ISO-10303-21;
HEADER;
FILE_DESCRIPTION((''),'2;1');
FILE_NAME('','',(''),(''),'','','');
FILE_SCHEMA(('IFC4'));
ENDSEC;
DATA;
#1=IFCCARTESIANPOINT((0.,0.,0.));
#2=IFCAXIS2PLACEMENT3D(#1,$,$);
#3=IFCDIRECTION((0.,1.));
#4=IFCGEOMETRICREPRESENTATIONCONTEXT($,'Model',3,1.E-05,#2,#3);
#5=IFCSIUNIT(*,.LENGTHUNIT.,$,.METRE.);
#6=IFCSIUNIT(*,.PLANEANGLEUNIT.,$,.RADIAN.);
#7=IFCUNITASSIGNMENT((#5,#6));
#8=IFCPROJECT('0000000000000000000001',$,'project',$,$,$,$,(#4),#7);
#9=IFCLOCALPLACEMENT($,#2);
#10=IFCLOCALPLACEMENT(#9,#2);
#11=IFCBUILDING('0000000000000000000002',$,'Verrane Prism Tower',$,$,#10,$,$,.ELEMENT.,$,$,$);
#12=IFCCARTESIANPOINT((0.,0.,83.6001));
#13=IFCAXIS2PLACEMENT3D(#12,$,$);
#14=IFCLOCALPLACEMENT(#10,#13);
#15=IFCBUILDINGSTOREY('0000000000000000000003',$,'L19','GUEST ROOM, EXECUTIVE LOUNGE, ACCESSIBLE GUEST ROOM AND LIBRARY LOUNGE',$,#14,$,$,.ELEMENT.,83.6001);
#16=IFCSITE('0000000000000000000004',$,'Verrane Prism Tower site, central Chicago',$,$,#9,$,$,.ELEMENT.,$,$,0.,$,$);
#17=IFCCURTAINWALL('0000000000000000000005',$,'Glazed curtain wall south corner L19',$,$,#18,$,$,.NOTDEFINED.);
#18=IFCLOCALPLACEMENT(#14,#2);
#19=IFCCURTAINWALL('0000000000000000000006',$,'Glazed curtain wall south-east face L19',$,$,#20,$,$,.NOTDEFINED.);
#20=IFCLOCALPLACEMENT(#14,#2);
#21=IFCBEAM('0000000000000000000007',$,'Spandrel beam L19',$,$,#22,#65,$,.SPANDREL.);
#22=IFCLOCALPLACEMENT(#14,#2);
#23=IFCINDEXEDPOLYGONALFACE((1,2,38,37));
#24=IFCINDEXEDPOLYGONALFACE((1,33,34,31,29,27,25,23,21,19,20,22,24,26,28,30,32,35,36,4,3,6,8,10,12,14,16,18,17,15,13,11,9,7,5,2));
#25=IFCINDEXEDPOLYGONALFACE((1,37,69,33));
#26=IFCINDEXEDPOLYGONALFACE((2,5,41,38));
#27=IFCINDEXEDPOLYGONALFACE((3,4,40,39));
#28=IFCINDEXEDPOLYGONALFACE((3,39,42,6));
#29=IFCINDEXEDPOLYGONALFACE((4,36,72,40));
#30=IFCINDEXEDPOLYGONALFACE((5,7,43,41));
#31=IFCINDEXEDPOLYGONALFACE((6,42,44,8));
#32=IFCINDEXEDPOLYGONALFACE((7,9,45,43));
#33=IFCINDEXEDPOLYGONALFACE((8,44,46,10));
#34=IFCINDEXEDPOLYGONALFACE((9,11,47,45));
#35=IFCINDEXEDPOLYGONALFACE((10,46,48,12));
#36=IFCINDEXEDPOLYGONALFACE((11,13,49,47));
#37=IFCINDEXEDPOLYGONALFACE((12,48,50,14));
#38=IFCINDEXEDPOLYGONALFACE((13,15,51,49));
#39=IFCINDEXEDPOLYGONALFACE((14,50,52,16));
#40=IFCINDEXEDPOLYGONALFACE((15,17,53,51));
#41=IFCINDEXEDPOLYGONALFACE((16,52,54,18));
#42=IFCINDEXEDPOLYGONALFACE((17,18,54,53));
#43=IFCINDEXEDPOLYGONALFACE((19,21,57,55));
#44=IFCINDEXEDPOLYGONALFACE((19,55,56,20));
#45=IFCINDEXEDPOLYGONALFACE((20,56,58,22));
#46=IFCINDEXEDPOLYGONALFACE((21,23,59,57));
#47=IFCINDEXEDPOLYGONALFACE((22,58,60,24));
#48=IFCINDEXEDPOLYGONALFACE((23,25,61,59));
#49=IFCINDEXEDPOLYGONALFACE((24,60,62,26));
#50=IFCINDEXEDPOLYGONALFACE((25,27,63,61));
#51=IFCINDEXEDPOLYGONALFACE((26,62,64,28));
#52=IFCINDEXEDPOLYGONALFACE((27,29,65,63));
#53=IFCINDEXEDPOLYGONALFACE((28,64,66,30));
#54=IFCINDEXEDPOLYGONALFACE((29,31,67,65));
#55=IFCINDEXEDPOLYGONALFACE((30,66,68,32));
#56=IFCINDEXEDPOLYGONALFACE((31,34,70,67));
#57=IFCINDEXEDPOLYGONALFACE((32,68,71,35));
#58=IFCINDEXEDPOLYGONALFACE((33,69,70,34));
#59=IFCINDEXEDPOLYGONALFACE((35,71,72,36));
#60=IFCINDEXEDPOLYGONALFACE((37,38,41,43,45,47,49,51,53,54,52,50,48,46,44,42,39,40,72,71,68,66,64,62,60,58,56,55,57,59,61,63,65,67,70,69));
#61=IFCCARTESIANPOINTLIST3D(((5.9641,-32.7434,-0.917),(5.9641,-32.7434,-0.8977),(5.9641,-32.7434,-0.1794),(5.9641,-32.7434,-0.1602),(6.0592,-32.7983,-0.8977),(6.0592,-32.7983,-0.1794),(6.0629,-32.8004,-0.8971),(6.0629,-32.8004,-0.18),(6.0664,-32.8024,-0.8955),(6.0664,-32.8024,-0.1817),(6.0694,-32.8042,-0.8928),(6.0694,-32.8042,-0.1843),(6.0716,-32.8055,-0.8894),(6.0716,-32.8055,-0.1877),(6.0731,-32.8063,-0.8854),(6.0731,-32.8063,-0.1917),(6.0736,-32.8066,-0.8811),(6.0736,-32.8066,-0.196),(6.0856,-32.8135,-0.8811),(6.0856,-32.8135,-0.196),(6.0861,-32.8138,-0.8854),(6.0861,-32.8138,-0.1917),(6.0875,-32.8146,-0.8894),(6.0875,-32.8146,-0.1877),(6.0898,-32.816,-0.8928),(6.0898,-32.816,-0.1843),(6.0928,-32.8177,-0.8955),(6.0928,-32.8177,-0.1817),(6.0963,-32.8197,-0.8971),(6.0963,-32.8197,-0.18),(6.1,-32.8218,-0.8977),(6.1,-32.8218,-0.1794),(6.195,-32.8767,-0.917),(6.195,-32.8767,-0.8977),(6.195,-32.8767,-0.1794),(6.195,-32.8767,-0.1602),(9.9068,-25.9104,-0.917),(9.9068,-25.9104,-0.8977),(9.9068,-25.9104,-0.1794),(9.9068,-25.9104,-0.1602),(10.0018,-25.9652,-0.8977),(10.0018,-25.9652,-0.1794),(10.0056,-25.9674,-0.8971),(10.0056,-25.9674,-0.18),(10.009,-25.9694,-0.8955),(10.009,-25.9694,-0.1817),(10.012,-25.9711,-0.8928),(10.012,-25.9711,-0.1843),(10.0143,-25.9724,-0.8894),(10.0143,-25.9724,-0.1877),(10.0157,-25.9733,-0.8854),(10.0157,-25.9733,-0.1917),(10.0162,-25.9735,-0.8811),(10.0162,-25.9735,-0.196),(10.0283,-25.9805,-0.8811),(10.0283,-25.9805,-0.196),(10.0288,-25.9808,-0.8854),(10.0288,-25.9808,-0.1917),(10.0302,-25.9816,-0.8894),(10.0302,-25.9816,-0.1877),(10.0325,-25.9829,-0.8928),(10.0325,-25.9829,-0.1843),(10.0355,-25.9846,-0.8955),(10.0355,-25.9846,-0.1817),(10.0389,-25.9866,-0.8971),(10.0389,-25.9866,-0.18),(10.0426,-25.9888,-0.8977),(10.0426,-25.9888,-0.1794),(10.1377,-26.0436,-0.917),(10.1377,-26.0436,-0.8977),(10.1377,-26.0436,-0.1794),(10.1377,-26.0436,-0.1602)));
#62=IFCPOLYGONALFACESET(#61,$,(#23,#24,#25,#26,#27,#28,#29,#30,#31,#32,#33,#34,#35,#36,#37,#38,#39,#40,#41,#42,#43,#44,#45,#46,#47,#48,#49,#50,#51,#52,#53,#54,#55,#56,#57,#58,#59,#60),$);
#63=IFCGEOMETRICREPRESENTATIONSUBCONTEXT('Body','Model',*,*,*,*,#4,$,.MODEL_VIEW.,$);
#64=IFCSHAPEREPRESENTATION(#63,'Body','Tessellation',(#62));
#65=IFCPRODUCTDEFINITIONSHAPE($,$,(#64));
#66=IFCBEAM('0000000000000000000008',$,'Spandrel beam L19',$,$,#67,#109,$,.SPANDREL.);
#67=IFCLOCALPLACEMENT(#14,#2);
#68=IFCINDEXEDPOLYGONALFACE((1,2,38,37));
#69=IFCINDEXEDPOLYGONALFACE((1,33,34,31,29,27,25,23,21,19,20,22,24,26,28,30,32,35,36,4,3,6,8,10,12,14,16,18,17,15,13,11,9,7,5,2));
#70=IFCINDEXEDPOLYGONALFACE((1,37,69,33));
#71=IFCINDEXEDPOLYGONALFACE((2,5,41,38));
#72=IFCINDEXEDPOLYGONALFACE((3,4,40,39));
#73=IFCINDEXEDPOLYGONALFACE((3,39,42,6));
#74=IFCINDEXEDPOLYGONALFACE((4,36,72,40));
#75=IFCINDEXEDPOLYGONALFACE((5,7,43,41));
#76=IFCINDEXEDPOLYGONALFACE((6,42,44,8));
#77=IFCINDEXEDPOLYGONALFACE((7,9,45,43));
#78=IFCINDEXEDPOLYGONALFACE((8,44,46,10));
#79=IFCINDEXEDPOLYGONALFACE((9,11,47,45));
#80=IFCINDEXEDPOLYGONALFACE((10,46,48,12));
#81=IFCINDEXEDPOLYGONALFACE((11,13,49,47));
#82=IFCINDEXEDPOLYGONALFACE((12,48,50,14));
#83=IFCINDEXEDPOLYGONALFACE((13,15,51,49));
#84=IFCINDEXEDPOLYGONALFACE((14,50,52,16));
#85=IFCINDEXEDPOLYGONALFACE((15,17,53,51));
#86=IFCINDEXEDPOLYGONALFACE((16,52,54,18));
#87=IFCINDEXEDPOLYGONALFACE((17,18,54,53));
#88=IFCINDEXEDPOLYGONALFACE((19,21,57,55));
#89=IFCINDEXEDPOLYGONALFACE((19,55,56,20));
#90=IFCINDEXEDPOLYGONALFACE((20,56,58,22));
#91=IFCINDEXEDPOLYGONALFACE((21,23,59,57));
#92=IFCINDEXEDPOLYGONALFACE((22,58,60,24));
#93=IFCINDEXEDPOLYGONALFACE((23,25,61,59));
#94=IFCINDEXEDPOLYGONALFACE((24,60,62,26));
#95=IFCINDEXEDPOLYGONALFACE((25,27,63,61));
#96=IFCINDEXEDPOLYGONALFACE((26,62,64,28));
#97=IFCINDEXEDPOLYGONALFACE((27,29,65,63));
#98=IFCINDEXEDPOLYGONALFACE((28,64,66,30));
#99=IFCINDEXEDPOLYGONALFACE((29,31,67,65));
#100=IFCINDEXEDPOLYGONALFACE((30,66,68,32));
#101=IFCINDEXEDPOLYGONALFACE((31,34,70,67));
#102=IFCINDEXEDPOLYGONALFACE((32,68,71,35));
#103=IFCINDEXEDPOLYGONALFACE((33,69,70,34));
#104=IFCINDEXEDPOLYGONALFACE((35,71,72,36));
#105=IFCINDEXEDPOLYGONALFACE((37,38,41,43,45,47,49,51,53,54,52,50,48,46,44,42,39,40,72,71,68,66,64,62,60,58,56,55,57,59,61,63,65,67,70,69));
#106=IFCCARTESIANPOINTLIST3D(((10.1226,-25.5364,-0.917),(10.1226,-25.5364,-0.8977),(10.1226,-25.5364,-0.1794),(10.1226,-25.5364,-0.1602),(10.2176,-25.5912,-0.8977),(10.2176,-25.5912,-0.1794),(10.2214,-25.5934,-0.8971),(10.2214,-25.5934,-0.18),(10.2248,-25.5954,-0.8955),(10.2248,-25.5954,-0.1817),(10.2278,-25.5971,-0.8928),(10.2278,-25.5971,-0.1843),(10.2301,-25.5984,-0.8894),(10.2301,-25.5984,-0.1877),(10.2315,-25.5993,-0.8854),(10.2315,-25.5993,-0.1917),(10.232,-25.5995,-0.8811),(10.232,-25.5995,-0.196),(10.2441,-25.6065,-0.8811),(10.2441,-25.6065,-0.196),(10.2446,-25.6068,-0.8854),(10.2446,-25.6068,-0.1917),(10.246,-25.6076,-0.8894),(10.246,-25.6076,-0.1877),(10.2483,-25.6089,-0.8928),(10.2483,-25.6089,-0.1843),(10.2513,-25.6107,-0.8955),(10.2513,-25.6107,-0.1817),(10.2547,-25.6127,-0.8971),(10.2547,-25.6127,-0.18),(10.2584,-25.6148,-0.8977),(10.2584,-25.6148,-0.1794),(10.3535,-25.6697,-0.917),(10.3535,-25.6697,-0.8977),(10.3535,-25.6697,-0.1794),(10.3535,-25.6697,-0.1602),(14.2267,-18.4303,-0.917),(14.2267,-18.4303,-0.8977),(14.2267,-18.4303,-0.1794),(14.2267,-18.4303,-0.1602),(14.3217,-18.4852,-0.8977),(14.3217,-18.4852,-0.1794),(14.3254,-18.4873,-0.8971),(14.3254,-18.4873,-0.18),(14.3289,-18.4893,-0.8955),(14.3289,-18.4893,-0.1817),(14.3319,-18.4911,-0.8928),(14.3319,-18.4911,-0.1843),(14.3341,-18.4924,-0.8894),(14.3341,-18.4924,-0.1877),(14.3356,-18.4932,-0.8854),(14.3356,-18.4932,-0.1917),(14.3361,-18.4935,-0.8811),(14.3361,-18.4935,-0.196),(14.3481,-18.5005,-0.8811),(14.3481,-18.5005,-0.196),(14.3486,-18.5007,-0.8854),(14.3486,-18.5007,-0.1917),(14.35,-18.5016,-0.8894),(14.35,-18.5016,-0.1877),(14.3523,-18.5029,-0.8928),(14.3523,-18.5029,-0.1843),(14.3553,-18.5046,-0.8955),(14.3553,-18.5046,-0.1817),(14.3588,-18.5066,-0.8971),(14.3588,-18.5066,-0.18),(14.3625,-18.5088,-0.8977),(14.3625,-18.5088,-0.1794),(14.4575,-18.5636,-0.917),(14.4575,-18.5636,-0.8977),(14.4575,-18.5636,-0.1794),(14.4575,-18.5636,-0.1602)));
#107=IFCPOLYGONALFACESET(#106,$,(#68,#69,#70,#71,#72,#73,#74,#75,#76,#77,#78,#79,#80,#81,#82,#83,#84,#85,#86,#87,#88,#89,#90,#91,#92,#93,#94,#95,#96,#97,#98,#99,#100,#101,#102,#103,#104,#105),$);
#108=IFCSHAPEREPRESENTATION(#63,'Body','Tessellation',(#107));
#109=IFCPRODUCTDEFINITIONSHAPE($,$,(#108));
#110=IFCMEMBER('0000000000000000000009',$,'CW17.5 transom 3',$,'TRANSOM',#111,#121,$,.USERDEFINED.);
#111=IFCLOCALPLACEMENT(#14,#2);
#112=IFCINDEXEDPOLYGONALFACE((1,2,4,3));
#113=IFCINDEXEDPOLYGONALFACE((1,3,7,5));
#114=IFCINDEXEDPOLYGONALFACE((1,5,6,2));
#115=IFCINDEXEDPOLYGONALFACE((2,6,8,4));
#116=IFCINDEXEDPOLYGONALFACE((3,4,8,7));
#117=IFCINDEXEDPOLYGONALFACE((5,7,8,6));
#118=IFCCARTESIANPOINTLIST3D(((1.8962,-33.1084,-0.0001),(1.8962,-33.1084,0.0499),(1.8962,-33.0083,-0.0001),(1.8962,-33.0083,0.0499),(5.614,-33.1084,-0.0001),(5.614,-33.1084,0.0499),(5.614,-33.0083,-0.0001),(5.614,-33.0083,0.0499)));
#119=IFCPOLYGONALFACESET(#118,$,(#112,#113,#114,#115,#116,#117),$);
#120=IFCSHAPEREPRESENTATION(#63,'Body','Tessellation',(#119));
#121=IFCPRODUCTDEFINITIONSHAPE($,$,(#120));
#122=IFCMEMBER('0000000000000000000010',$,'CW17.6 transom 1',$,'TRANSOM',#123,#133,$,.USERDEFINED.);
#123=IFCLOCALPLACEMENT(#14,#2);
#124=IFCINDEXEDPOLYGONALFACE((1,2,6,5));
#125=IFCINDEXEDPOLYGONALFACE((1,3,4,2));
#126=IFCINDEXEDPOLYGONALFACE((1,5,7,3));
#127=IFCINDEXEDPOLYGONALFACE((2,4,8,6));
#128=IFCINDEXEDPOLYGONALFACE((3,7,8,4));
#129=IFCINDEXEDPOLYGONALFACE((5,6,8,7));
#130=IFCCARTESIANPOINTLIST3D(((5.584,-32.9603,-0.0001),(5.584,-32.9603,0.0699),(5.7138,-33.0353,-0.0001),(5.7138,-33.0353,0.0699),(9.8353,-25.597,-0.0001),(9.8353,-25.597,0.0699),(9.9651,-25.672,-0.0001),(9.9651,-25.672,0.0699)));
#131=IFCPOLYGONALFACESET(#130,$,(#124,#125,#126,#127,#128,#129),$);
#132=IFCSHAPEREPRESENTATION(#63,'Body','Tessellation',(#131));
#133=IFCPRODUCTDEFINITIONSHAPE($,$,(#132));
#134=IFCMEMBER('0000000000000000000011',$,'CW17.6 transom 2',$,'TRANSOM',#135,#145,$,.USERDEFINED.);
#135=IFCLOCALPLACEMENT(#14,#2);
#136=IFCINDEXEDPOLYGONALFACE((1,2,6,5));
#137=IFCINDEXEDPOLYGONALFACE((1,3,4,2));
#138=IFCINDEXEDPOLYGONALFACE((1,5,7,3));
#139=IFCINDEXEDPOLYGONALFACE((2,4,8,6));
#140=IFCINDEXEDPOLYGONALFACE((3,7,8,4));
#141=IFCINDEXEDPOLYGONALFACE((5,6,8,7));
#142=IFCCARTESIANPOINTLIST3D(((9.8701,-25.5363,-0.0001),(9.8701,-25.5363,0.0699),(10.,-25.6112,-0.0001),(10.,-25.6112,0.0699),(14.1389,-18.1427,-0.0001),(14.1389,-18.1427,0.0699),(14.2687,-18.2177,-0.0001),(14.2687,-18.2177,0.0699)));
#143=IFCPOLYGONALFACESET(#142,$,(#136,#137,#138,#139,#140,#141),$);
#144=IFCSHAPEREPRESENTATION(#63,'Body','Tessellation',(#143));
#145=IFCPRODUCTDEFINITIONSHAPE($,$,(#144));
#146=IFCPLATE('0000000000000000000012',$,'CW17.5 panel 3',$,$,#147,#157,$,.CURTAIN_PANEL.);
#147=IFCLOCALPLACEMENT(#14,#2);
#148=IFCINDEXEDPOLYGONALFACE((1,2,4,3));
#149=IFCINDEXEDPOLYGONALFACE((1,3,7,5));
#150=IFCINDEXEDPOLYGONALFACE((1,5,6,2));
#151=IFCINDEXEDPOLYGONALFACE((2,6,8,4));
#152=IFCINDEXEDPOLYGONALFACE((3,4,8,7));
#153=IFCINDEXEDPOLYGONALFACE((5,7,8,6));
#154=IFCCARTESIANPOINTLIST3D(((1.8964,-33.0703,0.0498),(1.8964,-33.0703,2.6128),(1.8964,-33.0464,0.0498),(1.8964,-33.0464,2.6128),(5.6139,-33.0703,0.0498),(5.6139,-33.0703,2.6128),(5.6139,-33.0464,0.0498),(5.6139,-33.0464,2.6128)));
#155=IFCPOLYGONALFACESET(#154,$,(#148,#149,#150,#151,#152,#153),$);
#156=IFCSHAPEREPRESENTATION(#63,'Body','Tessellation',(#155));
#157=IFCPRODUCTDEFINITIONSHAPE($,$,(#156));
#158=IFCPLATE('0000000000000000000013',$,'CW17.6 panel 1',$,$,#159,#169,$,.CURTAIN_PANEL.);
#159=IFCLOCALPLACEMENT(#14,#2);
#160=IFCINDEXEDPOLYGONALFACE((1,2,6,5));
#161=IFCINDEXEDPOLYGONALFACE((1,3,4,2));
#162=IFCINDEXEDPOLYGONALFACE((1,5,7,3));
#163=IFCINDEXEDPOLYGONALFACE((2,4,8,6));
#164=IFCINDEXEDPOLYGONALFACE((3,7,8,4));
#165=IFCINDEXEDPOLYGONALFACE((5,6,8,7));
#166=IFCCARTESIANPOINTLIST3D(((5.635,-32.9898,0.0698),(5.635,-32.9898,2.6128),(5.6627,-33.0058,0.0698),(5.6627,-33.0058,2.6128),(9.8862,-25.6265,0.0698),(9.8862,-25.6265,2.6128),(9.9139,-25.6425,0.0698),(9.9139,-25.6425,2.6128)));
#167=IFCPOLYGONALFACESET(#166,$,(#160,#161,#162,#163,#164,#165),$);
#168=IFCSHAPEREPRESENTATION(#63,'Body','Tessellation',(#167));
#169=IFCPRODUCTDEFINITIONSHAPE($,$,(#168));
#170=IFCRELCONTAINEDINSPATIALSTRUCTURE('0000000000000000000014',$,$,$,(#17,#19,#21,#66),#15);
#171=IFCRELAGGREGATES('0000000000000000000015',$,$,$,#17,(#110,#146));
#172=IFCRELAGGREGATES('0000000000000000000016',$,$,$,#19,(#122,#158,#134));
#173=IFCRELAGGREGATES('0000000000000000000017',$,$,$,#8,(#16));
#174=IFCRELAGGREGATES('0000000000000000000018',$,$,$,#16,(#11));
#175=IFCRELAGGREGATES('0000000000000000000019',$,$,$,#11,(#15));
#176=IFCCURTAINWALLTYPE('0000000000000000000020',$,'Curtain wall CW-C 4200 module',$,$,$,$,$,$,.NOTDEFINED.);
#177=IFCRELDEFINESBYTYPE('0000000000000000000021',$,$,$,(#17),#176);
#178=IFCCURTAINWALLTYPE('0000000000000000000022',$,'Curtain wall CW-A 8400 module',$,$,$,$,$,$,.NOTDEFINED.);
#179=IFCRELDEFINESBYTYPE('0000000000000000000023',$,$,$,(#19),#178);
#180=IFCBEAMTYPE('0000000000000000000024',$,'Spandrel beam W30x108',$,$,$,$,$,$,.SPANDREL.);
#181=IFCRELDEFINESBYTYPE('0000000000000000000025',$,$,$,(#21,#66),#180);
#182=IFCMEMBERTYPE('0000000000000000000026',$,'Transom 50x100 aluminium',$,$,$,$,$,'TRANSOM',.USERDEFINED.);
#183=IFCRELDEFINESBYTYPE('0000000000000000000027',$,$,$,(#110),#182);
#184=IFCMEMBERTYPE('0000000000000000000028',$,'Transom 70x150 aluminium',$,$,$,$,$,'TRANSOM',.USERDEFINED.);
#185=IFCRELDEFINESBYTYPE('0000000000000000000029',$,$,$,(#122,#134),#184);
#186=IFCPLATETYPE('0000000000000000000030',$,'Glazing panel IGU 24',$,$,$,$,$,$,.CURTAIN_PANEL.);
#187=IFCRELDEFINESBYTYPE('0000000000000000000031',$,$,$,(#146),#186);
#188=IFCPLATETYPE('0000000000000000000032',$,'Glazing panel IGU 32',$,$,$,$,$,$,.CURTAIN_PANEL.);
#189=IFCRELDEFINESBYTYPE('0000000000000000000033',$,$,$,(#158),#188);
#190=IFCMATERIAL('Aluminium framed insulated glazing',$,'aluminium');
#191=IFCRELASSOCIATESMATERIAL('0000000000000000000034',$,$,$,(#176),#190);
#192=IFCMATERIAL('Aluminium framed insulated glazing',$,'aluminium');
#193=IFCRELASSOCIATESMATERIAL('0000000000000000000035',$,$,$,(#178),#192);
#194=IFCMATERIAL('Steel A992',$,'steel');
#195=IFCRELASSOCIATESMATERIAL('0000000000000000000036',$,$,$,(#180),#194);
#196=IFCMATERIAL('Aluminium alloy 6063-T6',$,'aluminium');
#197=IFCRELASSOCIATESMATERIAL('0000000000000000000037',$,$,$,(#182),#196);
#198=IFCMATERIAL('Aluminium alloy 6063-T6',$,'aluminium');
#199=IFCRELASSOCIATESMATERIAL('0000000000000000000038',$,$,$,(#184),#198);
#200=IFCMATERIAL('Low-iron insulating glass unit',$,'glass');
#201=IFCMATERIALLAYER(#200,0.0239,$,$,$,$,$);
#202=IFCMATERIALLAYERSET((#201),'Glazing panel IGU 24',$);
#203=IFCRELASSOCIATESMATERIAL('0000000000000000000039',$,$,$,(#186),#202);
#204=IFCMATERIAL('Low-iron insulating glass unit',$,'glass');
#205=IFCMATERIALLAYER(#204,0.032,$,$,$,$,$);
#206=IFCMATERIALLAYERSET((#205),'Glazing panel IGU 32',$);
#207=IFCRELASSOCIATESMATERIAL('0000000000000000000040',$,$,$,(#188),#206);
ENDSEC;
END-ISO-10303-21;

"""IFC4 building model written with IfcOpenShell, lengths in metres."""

from ifc_helpers import new_model, si_unit, direction, frame, origin, origin_2d, place, context, subcontext, project, spatial, rectangle, i_section, extrude, material, layer, layer_set, material_profile, profile_set, type_object, element, aggregate, save


model = new_model("IFC4")

# Units and contexts
model_context = context("Model", 3, precision=1e-05, world=origin(), true_north=direction((0.0, 1.0)))
body_context = subcontext(model_context, "Body", "Model", "MODEL_VIEW")
ifc_project = project(units=[si_unit("LENGTHUNIT", "METRE"), si_unit("PLANEANGLEUNIT", "RADIAN")], contexts=[model_context])

# Site, building, storey
site_placement = place(None, origin())
site = spatial("IfcSite", under=ifc_project, at=site_placement, Name="Verrane Prism Tower site, central Chicago", CompositionType="ELEMENT", RefElevation=0.0)
building_placement = place(site_placement, origin())
building = spatial("IfcBuilding", under=site, at=building_placement, Name="Verrane Prism Tower", CompositionType="ELEMENT")
storey_placement = place(building_placement, frame((0.0, 0.0, 83.6001)))
storey = spatial("IfcBuildingStorey", under=building, at=storey_placement, Name="L19", Description="GUEST ROOM, EXECUTIVE LOUNGE, ACCESSIBLE GUEST ROOM AND LIBRARY LOUNGE", CompositionType="ELEMENT", Elevation=83.6001)

# Curtain wall
ifc_material_1 = material(Name="Aluminium framed insulated glazing", Category="aluminium")
curtain_wall_type_1 = type_object("IfcCurtainWallType", Name="Curtain wall CW-C 4200 module", PredefinedType="NOTDEFINED", material=ifc_material_1)
curtain_wall_1_placement = place(storey_placement, origin())
curtain_wall_1 = element("IfcCurtainWall", 1, at=curtain_wall_1_placement, inside=storey, type_object=curtain_wall_type_1, Name="Glazed curtain wall south corner L19", PredefinedType="NOTDEFINED")

# Curtain wall
ifc_material_2 = material(Name="Aluminium framed insulated glazing", Category="aluminium")
curtain_wall_type_2 = type_object("IfcCurtainWallType", Name="Curtain wall CW-A 8400 module", PredefinedType="NOTDEFINED", material=ifc_material_2)
curtain_wall_2_placement = place(storey_placement, origin())
curtain_wall_2 = element("IfcCurtainWall", 2, at=curtain_wall_2_placement, inside=storey, type_object=curtain_wall_type_2, Name="Glazed curtain wall south-east face L19", PredefinedType="NOTDEFINED")

# Beams
ifc_material_3 = material(Name="Steel A992", Category="steel")
ifc_material_profile_1 = material_profile(ifc_material_3, i_section(OverallWidth=0.2666, OverallDepth=0.7568, WebThickness=0.0139, FlangeThickness=0.0193, FilletRadius=0.0166, at=origin_2d()), Name="W30x108")
ifc_profile_set_1 = profile_set([ifc_material_profile_1], Name="Steel A992")
beam_type_1 = type_object("IfcBeamType", Name="Spandrel beam W30x108", PredefinedType="SPANDREL", material=ifc_profile_set_1)
beam_1_placement = place(storey_placement, frame((6.0796, -32.8101, -0.5386), z_axis=(0.499771, 0.866158, 0.0), x_axis=(-0.866158, 0.499771, 0.0)))
element("IfcBeam", 3, at=beam_1_placement, inside=storey, type_object=beam_type_1, Name="Spandrel beam L19", PredefinedType="SPANDREL", context=body_context, shape_type="SweptSolid", body=[
    extrude(i_section(OverallWidth=0.2666, OverallDepth=0.7568, WebThickness=0.0139, FlangeThickness=0.0193, FilletRadius=0.0166, at=origin_2d()), origin(), (0.0, 0.0, 1.0), 7.8889),
])
beam_2_placement = place(storey_placement, frame((10.238, -25.603, -0.5386), z_axis=(0.500126, 0.865953, 0.0), x_axis=(-0.865953, 0.500126, 0.0)))
element("IfcBeam", 4, at=beam_2_placement, inside=storey, type_object=beam_type_1, Name="Spandrel beam L19", PredefinedType="SPANDREL", context=body_context, shape_type="SweptSolid", body=[
    extrude(i_section(OverallWidth=0.2666, OverallDepth=0.7568, WebThickness=0.0139, FlangeThickness=0.0193, FilletRadius=0.0166, at=origin_2d()), origin(), (0.0, 0.0, 1.0), 8.2061),
])

# Members
ifc_material_4 = material(Name="Aluminium alloy 6063-T6", Category="aluminium")
ifc_material_profile_2 = material_profile(ifc_material_4, rectangle(XDim=0.1001, YDim=0.05, at=origin_2d()), Name="Transom 50x100 aluminium")
ifc_profile_set_2 = profile_set([ifc_material_profile_2], Name="Aluminium alloy 6063-T6")
member_type_1 = type_object("IfcMemberType", Name="Transom 50x100 aluminium", ElementType="TRANSOM", PredefinedType="USERDEFINED", material=ifc_profile_set_2)
member_1_placement = place(storey_placement, frame((1.8962, -33.0583, 0.0249), z_axis=(1.0, 0.0, 0.0), x_axis=(0.0, 1.0, 0.0)))
member_1 = element("IfcMember", 5, at=member_1_placement, type_object=member_type_1, Name="CW17.5 transom 3", ObjectType="TRANSOM", PredefinedType="USERDEFINED", context=body_context, shape_type="SweptSolid", body=[
    extrude(rectangle(XDim=0.1001, YDim=0.05, at=origin_2d()), origin(), (0.0, 0.0, 1.0), 3.7178),
])
ifc_material_5 = material(Name="Aluminium alloy 6063-T6", Category="aluminium")
ifc_material_profile_3 = material_profile(ifc_material_5, rectangle(XDim=0.1499, YDim=0.0701, at=origin_2d()), Name="Transom 70x150 aluminium")
ifc_profile_set_3 = profile_set([ifc_material_profile_3], Name="Aluminium alloy 6063-T6")
member_type_2 = type_object("IfcMemberType", Name="Transom 70x150 aluminium", ElementType="TRANSOM", PredefinedType="USERDEFINED", material=ifc_profile_set_3)
member_2_placement = place(storey_placement, frame((5.6489, -32.9978, 0.0349), z_axis=(0.500002, 0.866024, 0.0), x_axis=(-0.866024, 0.500002, 0.0)))
member_2 = element("IfcMember", 6, at=member_2_placement, type_object=member_type_2, Name="CW17.6 transom 1", ObjectType="TRANSOM", PredefinedType="USERDEFINED", context=body_context, shape_type="SweptSolid", body=[
    extrude(rectangle(XDim=0.1499, YDim=0.0701, at=origin_2d()), origin(), (0.0, 0.0, 1.0), 8.5024),
])
member_3_placement = place(storey_placement, frame((9.9351, -25.5737, 0.0349), z_axis=(0.500011, 0.866019, 0.0), x_axis=(-0.866019, 0.500011, 0.0)))
member_3 = element("IfcMember", 7, at=member_3_placement, type_object=member_type_2, Name="CW17.6 transom 2", ObjectType="TRANSOM", PredefinedType="USERDEFINED", context=body_context, shape_type="SweptSolid", body=[
    extrude(rectangle(XDim=0.1499, YDim=0.0701, at=origin_2d()), origin(), (0.0, 0.0, 1.0), 8.5374),
])

# Plates
ifc_material_6 = material(Name="Low-iron insulating glass unit", Category="glass")
ifc_layer_1 = layer(ifc_material_6, 0.0239)
ifc_layer_set_1 = layer_set([ifc_layer_1], Name="Glazing panel IGU 24")
plate_type_1 = type_object("IfcPlateType", Name="Glazing panel IGU 24", PredefinedType="CURTAIN_PANEL", material=ifc_layer_set_1)
plate_1_placement = place(storey_placement, frame((3.7551, -33.0583, 0.0498), z_axis=(0.0, 0.0, 1.0), x_axis=(1.0, 0.0, 0.0)))
plate_1 = element("IfcPlate", 8, at=plate_1_placement, type_object=plate_type_1, Name="CW17.5 panel 3", PredefinedType="CURTAIN_PANEL", context=body_context, shape_type="SweptSolid", body=[
    extrude(rectangle(XDim=3.7175, YDim=0.0239, at=origin_2d()), origin(), (0.0, 0.0, 1.0), 2.563),
])
aggregate(curtain_wall_1, [member_1, plate_1])
ifc_material_7 = material(Name="Low-iron insulating glass unit", Category="glass")
ifc_layer_2 = layer(ifc_material_7, 0.032)
ifc_layer_set_2 = layer_set([ifc_layer_2], Name="Glazing panel IGU 32")
plate_type_2 = type_object("IfcPlateType", Name="Glazing panel IGU 32", PredefinedType="CURTAIN_PANEL", material=ifc_layer_set_2)
plate_2_placement = place(storey_placement, frame((7.7744, -29.3162, 0.0698), z_axis=(0.0, 0.0, 1.0), x_axis=(0.499999, 0.866026, 0.0)))
plate_2 = element("IfcPlate", 9, at=plate_2_placement, type_object=plate_type_2, Name="CW17.6 panel 1", PredefinedType="CURTAIN_PANEL", context=body_context, shape_type="SweptSolid", body=[
    extrude(rectangle(XDim=8.5024, YDim=0.032, at=origin_2d()), origin(), (0.0, 0.0, 1.0), 2.543),
])
aggregate(curtain_wall_2, [member_2, plate_2, member_3])

save(model, "model.ifc")
